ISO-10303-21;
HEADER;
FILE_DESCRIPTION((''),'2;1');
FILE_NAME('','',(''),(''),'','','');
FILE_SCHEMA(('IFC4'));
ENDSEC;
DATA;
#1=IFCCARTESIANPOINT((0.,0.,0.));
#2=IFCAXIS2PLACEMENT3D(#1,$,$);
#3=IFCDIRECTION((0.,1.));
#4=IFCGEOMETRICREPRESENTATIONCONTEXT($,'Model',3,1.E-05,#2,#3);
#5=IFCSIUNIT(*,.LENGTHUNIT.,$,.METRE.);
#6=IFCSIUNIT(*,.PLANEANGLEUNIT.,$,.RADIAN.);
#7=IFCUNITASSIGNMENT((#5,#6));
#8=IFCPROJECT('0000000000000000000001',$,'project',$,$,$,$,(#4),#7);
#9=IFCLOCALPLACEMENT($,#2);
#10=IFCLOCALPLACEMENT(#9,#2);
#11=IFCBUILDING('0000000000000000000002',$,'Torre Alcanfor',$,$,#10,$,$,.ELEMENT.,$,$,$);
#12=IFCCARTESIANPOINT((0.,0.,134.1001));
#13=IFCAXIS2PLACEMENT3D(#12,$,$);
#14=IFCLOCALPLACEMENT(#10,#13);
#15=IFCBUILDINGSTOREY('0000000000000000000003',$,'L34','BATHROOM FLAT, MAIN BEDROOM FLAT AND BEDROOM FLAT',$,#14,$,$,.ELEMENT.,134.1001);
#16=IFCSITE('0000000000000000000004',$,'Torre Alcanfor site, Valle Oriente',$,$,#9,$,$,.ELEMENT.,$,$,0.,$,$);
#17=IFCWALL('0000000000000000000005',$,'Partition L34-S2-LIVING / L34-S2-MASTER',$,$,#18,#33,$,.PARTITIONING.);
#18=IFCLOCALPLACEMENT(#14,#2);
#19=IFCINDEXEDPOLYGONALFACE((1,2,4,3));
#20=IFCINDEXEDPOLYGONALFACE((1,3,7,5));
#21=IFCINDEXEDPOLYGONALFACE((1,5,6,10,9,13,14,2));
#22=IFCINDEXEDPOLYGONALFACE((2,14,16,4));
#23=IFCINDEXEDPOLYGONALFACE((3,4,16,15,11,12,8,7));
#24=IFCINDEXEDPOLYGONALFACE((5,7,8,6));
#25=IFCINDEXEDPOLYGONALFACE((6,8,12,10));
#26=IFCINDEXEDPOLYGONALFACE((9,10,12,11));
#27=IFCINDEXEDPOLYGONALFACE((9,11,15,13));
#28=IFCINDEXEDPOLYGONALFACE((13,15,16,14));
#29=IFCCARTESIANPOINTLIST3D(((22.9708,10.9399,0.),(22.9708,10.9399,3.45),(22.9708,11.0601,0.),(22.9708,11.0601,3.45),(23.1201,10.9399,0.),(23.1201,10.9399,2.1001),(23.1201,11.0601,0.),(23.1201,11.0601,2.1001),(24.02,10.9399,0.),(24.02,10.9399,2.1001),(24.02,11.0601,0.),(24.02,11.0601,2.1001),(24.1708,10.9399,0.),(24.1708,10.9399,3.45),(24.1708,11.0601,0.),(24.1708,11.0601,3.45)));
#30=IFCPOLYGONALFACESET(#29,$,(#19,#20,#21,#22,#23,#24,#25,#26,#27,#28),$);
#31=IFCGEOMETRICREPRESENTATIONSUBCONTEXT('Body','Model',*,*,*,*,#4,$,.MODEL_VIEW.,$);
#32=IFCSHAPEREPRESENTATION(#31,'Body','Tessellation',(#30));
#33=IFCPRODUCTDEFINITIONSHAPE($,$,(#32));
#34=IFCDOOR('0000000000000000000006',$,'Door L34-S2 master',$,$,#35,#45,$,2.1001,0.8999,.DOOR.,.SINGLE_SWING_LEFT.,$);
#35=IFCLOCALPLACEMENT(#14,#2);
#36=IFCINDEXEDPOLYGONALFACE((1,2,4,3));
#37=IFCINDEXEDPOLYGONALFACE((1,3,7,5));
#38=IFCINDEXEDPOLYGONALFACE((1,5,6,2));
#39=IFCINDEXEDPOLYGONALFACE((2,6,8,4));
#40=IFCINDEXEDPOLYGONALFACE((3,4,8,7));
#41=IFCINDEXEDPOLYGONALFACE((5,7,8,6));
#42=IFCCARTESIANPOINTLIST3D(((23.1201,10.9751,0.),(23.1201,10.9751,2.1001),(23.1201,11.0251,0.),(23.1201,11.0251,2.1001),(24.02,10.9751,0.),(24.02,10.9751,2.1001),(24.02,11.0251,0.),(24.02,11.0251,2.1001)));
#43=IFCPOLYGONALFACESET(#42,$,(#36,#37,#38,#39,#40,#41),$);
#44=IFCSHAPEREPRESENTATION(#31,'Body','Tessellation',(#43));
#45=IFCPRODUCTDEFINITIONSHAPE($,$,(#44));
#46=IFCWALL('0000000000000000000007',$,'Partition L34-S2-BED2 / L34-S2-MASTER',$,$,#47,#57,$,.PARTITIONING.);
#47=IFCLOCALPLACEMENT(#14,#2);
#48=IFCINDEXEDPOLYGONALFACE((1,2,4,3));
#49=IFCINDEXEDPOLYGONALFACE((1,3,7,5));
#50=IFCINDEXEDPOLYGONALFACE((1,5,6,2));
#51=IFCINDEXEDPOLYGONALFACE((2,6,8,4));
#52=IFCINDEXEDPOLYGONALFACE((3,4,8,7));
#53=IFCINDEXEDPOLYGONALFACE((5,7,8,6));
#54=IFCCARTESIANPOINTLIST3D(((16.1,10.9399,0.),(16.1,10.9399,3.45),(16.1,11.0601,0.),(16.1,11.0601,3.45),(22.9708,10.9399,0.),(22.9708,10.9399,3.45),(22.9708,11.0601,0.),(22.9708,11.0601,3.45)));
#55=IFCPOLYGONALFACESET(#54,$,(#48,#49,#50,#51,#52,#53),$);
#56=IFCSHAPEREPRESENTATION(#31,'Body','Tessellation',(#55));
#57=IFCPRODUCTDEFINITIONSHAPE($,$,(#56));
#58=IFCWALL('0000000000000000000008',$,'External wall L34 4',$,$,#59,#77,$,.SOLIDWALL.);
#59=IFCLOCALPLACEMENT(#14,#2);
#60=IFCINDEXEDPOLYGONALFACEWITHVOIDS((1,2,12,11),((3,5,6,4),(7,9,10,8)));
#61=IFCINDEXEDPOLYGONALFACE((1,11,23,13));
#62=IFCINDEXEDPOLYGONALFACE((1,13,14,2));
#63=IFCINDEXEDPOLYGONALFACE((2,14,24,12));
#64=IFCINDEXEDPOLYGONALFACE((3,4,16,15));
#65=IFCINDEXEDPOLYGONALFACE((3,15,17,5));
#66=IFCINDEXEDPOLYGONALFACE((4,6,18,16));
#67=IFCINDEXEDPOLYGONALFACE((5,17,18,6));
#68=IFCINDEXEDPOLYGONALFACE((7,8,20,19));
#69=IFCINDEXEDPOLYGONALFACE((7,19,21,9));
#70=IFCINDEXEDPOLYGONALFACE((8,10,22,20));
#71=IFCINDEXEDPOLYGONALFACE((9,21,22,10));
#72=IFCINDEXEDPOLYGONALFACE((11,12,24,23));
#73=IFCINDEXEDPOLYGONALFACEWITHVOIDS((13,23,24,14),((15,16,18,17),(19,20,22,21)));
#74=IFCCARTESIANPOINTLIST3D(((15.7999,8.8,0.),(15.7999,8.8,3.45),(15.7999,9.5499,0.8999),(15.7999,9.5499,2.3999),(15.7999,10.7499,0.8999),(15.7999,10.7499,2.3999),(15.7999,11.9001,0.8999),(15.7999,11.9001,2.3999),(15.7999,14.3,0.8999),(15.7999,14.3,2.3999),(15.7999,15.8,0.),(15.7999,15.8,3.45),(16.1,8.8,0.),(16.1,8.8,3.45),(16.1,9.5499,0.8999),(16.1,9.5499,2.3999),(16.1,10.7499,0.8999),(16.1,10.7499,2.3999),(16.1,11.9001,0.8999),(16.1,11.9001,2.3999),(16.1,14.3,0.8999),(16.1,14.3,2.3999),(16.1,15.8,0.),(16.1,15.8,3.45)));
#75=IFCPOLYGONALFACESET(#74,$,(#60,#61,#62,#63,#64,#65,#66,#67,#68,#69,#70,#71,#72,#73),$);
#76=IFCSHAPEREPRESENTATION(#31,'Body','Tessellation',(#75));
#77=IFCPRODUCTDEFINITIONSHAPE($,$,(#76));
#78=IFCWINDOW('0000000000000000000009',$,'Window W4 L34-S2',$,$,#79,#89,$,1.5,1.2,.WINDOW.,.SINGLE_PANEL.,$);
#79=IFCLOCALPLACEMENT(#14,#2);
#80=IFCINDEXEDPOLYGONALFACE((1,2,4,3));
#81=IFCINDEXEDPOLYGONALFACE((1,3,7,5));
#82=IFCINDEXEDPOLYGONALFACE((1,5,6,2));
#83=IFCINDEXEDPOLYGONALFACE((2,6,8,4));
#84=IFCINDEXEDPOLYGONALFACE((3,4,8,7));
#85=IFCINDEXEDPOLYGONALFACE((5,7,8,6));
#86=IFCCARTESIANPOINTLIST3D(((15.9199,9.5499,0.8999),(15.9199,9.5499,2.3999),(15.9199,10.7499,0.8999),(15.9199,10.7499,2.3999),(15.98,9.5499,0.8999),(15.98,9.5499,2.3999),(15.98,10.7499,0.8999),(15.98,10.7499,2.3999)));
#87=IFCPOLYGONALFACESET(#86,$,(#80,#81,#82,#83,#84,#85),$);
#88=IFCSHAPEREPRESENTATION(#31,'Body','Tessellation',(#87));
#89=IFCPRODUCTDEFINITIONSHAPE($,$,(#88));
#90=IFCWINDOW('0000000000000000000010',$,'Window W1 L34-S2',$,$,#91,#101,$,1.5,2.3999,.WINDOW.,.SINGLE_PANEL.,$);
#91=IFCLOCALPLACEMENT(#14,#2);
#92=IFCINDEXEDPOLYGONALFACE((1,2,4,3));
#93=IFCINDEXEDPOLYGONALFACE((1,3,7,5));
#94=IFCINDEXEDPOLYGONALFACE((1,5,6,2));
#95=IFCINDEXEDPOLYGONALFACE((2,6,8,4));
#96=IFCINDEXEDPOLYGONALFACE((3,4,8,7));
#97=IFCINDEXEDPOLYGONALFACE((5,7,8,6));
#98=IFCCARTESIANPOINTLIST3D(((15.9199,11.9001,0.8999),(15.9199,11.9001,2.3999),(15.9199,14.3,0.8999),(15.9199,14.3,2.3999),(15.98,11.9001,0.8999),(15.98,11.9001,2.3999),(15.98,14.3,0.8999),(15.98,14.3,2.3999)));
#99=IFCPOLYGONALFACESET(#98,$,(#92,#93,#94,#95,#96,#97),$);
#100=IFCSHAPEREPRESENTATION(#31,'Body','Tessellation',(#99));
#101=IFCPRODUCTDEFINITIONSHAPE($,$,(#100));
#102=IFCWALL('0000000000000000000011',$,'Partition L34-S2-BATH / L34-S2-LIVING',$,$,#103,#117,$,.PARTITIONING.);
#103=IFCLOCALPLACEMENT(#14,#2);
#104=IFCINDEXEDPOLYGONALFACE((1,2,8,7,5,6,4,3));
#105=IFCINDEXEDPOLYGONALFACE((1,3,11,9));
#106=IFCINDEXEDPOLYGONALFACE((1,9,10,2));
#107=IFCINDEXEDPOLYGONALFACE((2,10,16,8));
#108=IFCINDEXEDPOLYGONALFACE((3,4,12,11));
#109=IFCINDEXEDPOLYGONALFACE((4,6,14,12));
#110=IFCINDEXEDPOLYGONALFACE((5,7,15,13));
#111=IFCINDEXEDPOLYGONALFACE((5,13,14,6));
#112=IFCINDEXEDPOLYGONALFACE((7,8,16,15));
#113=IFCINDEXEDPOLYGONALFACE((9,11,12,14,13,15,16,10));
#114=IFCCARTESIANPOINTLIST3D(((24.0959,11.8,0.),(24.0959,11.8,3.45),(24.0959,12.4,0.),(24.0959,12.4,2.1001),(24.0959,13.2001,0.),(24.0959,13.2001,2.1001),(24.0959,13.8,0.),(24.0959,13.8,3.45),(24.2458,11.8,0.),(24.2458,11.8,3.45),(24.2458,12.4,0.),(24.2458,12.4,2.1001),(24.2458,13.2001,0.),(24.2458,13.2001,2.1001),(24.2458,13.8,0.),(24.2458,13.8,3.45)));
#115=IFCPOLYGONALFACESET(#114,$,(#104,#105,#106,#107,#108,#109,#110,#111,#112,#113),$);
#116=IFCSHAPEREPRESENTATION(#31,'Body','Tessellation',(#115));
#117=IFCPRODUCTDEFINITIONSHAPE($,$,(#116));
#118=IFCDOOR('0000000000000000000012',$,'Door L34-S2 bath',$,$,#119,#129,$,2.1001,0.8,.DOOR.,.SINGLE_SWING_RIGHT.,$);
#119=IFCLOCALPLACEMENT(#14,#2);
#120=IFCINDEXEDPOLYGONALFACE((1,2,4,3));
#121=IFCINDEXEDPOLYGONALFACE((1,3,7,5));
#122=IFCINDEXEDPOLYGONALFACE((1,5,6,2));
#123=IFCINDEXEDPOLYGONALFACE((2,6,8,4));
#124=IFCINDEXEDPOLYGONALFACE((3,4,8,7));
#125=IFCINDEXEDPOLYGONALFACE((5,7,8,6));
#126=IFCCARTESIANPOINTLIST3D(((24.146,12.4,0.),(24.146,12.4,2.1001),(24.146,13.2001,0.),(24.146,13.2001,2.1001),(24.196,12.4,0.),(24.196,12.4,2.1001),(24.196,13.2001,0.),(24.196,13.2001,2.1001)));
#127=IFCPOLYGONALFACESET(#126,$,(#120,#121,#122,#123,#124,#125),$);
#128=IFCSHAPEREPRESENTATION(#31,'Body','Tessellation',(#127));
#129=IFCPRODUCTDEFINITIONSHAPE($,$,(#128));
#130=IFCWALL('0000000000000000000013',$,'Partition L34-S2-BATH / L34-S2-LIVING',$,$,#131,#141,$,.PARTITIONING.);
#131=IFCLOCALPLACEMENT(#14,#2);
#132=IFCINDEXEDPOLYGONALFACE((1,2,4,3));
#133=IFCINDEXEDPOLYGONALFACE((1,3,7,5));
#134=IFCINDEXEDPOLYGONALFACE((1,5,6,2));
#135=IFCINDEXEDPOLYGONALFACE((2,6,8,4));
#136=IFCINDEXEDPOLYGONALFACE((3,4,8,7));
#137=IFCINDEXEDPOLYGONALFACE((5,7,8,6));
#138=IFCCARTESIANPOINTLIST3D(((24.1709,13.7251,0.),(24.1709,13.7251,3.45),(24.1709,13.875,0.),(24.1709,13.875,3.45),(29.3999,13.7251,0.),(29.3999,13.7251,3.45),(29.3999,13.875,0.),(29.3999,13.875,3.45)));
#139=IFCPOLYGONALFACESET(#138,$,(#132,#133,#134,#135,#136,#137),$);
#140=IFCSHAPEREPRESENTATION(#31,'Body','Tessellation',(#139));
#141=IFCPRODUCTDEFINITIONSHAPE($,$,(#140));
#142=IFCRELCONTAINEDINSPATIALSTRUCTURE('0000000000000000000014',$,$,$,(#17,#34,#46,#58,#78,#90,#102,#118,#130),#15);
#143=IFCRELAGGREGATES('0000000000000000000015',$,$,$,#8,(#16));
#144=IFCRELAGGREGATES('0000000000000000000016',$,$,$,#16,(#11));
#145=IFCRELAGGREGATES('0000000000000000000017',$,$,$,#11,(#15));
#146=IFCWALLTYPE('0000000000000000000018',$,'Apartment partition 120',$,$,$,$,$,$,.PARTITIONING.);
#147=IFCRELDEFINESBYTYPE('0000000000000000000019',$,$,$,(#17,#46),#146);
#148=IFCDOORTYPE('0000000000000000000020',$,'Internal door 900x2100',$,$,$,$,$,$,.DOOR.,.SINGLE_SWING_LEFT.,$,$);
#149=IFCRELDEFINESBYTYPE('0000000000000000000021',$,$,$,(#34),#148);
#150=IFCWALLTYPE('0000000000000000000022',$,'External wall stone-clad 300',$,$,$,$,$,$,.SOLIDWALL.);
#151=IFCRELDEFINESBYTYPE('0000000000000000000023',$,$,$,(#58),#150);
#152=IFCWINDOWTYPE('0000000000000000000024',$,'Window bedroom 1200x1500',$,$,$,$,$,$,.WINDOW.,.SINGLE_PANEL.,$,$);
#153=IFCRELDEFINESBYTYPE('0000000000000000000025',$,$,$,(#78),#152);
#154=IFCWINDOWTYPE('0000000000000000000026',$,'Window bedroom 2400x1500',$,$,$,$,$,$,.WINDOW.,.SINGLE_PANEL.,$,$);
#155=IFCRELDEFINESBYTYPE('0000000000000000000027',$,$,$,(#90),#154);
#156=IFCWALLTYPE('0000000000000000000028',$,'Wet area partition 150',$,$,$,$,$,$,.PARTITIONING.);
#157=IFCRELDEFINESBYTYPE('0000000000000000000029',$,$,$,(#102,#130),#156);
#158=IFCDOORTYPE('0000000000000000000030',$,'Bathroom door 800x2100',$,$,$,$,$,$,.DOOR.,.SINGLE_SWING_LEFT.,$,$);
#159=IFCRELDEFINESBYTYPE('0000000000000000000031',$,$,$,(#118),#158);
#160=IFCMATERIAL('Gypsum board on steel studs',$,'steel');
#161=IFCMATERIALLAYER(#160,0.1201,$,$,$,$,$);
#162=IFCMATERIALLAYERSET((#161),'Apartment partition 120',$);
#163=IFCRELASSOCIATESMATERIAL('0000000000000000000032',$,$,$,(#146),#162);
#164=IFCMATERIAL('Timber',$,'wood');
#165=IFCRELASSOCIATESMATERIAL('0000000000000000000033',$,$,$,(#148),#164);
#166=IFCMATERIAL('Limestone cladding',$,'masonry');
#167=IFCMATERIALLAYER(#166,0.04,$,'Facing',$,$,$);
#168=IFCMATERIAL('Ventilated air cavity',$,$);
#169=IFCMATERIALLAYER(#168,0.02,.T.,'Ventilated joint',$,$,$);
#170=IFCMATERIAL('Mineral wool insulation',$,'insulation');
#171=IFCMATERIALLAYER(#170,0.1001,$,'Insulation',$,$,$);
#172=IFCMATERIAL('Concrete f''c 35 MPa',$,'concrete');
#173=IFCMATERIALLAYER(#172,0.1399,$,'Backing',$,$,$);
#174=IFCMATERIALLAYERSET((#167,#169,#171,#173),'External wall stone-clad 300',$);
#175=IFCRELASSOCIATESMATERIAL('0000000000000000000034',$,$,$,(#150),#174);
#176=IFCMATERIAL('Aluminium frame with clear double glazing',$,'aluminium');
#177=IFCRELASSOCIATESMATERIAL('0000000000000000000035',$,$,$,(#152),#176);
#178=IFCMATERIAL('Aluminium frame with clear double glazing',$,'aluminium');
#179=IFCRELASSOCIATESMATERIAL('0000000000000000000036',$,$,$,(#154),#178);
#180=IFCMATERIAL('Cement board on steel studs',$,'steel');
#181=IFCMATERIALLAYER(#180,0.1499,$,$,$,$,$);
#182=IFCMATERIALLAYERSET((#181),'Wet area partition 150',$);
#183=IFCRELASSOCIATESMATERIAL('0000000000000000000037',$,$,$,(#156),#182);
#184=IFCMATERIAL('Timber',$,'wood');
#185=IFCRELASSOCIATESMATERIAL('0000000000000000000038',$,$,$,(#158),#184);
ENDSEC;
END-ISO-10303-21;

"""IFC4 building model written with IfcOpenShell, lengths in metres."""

from ifc_helpers import new_model, si_unit, direction, frame, frame_2d, origin, place, context, subcontext, project, spatial, rectangle, extrude, material, layer, layer_set, type_object, element, fill, save


model = new_model("IFC4")

# Units and contexts
model_context = context("Model", 3, precision=1e-05, world=origin(), true_north=direction((0.0, 1.0)))
body_context = subcontext(model_context, "Body", "Model", "MODEL_VIEW")
ifc_project = project(units=[si_unit("LENGTHUNIT", "METRE"), si_unit("PLANEANGLEUNIT", "RADIAN")], contexts=[model_context])

# Site, building, storey
site_placement = place(None, origin())
site = spatial("IfcSite", under=ifc_project, at=site_placement, Name="Torre Alcanfor site, Valle Oriente", CompositionType="ELEMENT", RefElevation=0.0)
building_placement = place(site_placement, origin())
building = spatial("IfcBuilding", under=site, at=building_placement, Name="Torre Alcanfor", CompositionType="ELEMENT")
storey_placement = place(building_placement, frame((0.0, 0.0, 134.1001)))
storey = spatial("IfcBuildingStorey", under=building, at=storey_placement, Name="L34", Description="BATHROOM FLAT, MAIN BEDROOM FLAT AND BEDROOM FLAT", CompositionType="ELEMENT", Elevation=134.1001)

# Shared definitions
ifc_material_1 = material(Name="Gypsum board on steel studs", Category="steel")
ifc_layer_1 = layer(ifc_material_1, 0.1201)
ifc_layer_set_1 = layer_set([ifc_layer_1], Name="Apartment partition 120")
wall_type_1 = type_object("IfcWallType", Name="Apartment partition 120", PredefinedType="PARTITIONING", material=ifc_layer_set_1)
ifc_material_2 = material(Name="Timber", Category="wood")
door_type_1 = type_object("IfcDoorType", Name="Internal door 900x2100", OperationType="SINGLE_SWING_LEFT", PredefinedType="DOOR", material=ifc_material_2)

# Wall, opening, door
wall_1_placement = place(storey_placement, frame((24.1709, 11.0, 0.0), z_axis=(0.0, 0.0, 1.0), x_axis=(-1.0, 0.0, 0.0)))
wall_1 = element("IfcWall", 1, at=wall_1_placement, inside=storey, type_object=wall_type_1, Name="Partition L34-S2-LIVING / L34-S2-MASTER", PredefinedType="PARTITIONING", context=body_context, shape_type="SweptSolid", body=[
    extrude(rectangle(XDim=1.2, YDim=0.1201, at=frame_2d((0.6001, 0.0))), origin(), (0.0, 0.0, 1.0), 3.45),
])
opening_1_placement = place(wall_1_placement, frame((0.1509, 0.0, 0.0)))
opening_1 = element("IfcOpeningElement", 2, at=opening_1_placement, cuts=wall_1, PredefinedType="OPENING", context=body_context, shape_type="SweptSolid", body=[
    extrude(rectangle(XDim=0.8999, YDim=2.1001, at=frame_2d((0.45, 1.05))), frame((0.0, 0.0701, 0.0), z_axis=(0.0, -1.0, 0.0), x_axis=(1.0, 0.0, 0.0)), (0.0, 0.0, 1.0), 0.1401),
])
door_1_placement = place(opening_1_placement, origin())
door_1 = element("IfcDoor", 3, at=door_1_placement, inside=storey, type_object=door_type_1, Name="Door L34-S2 master", OperationType="SINGLE_SWING_LEFT", OverallHeight=2.1001, OverallWidth=0.8999, PredefinedType="DOOR", context=body_context, shape_type="SweptSolid", body=[
    extrude(rectangle(XDim=0.8999, YDim=2.1001, at=frame_2d((0.45, 1.05))), frame((0.0, 0.0249, 0.0), z_axis=(0.0, -1.0, 0.0), x_axis=(1.0, 0.0, 0.0)), (0.0, 0.0, 1.0), 0.05),
])
fill(opening_1, door_1)

# Wall
wall_2_placement = place(storey_placement, frame((22.9709, 11.0, 0.0), z_axis=(0.0, 0.0, 1.0), x_axis=(-1.0, 0.0, 0.0)))
element("IfcWall", 4, at=wall_2_placement, inside=storey, type_object=wall_type_1, Name="Partition L34-S2-BED2 / L34-S2-MASTER", PredefinedType="PARTITIONING", context=body_context, shape_type="SweptSolid", body=[
    extrude(rectangle(XDim=6.8708, YDim=0.1201, at=frame_2d((3.4355, 0.0))), origin(), (0.0, 0.0, 1.0), 3.45),
])

# Wall, openings, windows
ifc_material_3 = material(Name="Limestone cladding", Category="masonry")
ifc_layer_2 = layer(ifc_material_3, 0.04, Name="Facing")
ifc_material_4 = material(Name="Ventilated air cavity")
ifc_layer_3 = layer(ifc_material_4, 0.02, ventilated=True, Name="Ventilated joint")
ifc_material_5 = material(Name="Mineral wool insulation", Category="insulation")
ifc_layer_4 = layer(ifc_material_5, 0.1001, Name="Insulation")
ifc_material_6 = material(Name="Concrete f'c 35 MPa", Category="concrete")
ifc_layer_5 = layer(ifc_material_6, 0.1399, Name="Backing")
ifc_layer_set_2 = layer_set([ifc_layer_2, ifc_layer_3, ifc_layer_4, ifc_layer_5], Name="External wall stone-clad 300")
wall_type_2 = type_object("IfcWallType", Name="External wall stone-clad 300", PredefinedType="SOLIDWALL", material=ifc_layer_set_2)
wall_3_placement = place(storey_placement, frame((15.95, 15.8, 0.0), z_axis=(0.0, 0.0, 1.0), x_axis=(0.0, -1.0, 0.0)))
wall_3 = element("IfcWall", 5, at=wall_3_placement, inside=storey, type_object=wall_type_2, Name="External wall L34 4", PredefinedType="SOLIDWALL", context=body_context, shape_type="SweptSolid", body=[
    extrude(rectangle(XDim=7.0, YDim=0.3, at=frame_2d((3.5, 0.0))), origin(), (0.0, 0.0, 1.0), 3.45),
])
opening_2_placement = place(wall_3_placement, frame((1.5, 0.0, 0.8999)))
opening_2 = element("IfcOpeningElement", 6, at=opening_2_placement, cuts=wall_3, PredefinedType="OPENING", context=body_context, shape_type="SweptSolid", body=[
    extrude(rectangle(XDim=2.3999, YDim=1.5, at=frame_2d((1.2, 0.75))), frame((0.0, 0.1599, 0.0), z_axis=(0.0, -1.0, 0.0), x_axis=(1.0, 0.0, 0.0)), (0.0, 0.0, 1.0), 0.3201),
])
opening_3_placement = place(wall_3_placement, frame((5.05, 0.0, 0.8999)))
opening_3 = element("IfcOpeningElement", 7, at=opening_3_placement, cuts=wall_3, PredefinedType="OPENING", context=body_context, shape_type="SweptSolid", body=[
    extrude(rectangle(XDim=1.2, YDim=1.5, at=frame_2d((0.6001, 0.75))), frame((0.0, 0.1599, 0.0), z_axis=(0.0, -1.0, 0.0), x_axis=(1.0, 0.0, 0.0)), (0.0, 0.0, 1.0), 0.3201),
])
ifc_material_7 = material(Name="Aluminium frame with clear double glazing", Category="aluminium")
window_type_1 = type_object("IfcWindowType", Name="Window bedroom 1200x1500", PartitioningType="SINGLE_PANEL", PredefinedType="WINDOW", material=ifc_material_7)
window_1_placement = place(opening_3_placement, origin())
window_1 = element("IfcWindow", 8, at=window_1_placement, inside=storey, type_object=window_type_1, Name="Window W4 L34-S2", OverallHeight=1.5, OverallWidth=1.2, PartitioningType="SINGLE_PANEL", PredefinedType="WINDOW", context=body_context, shape_type="SweptSolid", body=[
    extrude(rectangle(XDim=1.2, YDim=1.5, at=frame_2d((0.6001, 0.75))), frame((0.0, 0.03, 0.0), z_axis=(0.0, -1.0, 0.0), x_axis=(1.0, 0.0, 0.0)), (0.0, 0.0, 1.0), 0.0601),
])
fill(opening_3, window_1)
ifc_material_8 = material(Name="Aluminium frame with clear double glazing", Category="aluminium")
window_type_2 = type_object("IfcWindowType", Name="Window bedroom 2400x1500", PartitioningType="SINGLE_PANEL", PredefinedType="WINDOW", material=ifc_material_8)
window_2_placement = place(opening_2_placement, origin())
window_2 = element("IfcWindow", 9, at=window_2_placement, inside=storey, type_object=window_type_2, Name="Window W1 L34-S2", OverallHeight=1.5, OverallWidth=2.3999, PartitioningType="SINGLE_PANEL", PredefinedType="WINDOW", context=body_context, shape_type="SweptSolid", body=[
    extrude(rectangle(XDim=2.3999, YDim=1.5, at=frame_2d((1.2, 0.75))), frame((0.0, 0.03, 0.0), z_axis=(0.0, -1.0, 0.0), x_axis=(1.0, 0.0, 0.0)), (0.0, 0.0, 1.0), 0.0601),
])
fill(opening_2, window_2)

# Wall, opening, door
ifc_material_9 = material(Name="Cement board on steel studs", Category="steel")
ifc_layer_6 = layer(ifc_material_9, 0.1499)
ifc_layer_set_3 = layer_set([ifc_layer_6], Name="Wet area partition 150")
wall_type_3 = type_object("IfcWallType", Name="Wet area partition 150", PredefinedType="PARTITIONING", material=ifc_layer_set_3)
wall_4_placement = place(storey_placement, frame((24.1709, 11.8, 0.0), z_axis=(0.0, 0.0, 1.0), x_axis=(0.0, 1.0, 0.0)))
wall_4 = element("IfcWall", 10, at=wall_4_placement, inside=storey, type_object=wall_type_3, Name="Partition L34-S2-BATH / L34-S2-LIVING", PredefinedType="PARTITIONING", context=body_context, shape_type="SweptSolid", body=[
    extrude(rectangle(XDim=2.0, YDim=0.1499, at=frame_2d((1.0, 0.0))), origin(), (0.0, 0.0, 1.0), 3.45),
])
opening_4_placement = place(wall_4_placement, frame((0.6001, 0.0, 0.0)))
opening_4 = element("IfcOpeningElement", 11, at=opening_4_placement, cuts=wall_4, PredefinedType="OPENING", context=body_context, shape_type="SweptSolid", body=[
    extrude(rectangle(XDim=0.8, YDim=2.1001, at=frame_2d((0.3999, 1.05))), frame((0.0, 0.085, 0.0), z_axis=(0.0, -1.0, 0.0), x_axis=(1.0, 0.0, 0.0)), (0.0, 0.0, 1.0), 0.1699),
])
ifc_material_10 = material(Name="Timber", Category="wood")
door_type_2 = type_object("IfcDoorType", Name="Bathroom door 800x2100", OperationType="SINGLE_SWING_LEFT", PredefinedType="DOOR", material=ifc_material_10)
door_2_placement = place(opening_4_placement, frame((0.8, 0.0, 0.0), z_axis=(0.0, 0.0, 1.0), x_axis=(-1.0, 0.0, 0.0)))
door_2 = element("IfcDoor", 12, at=door_2_placement, inside=storey, type_object=door_type_2, Name="Door L34-S2 bath", OperationType="SINGLE_SWING_RIGHT", OverallHeight=2.1001, OverallWidth=0.8, PredefinedType="DOOR", context=body_context, shape_type="SweptSolid", body=[
    extrude(rectangle(XDim=0.8, YDim=2.1001, at=frame_2d((0.4001, 1.05))), frame((0.0, 0.0251, 0.0), z_axis=(0.0, -1.0, 0.0), x_axis=(1.0, 0.0, 0.0)), (0.0, 0.0, 1.0), 0.05),
])
fill(opening_4, door_2)

# Wall
wall_5_placement = place(storey_placement, frame((24.1709, 13.8, 0.0), z_axis=(0.0, 0.0, 1.0), x_axis=(1.0, 0.0, 0.0)))
element("IfcWall", 13, at=wall_5_placement, inside=storey, type_object=wall_type_3, Name="Partition L34-S2-BATH / L34-S2-LIVING", PredefinedType="PARTITIONING", context=body_context, shape_type="SweptSolid", body=[
    extrude(rectangle(XDim=5.229, YDim=0.1499, at=frame_2d((2.6145, 0.0))), origin(), (0.0, 0.0, 1.0), 3.45),
])

save(model, "model.ifc")
